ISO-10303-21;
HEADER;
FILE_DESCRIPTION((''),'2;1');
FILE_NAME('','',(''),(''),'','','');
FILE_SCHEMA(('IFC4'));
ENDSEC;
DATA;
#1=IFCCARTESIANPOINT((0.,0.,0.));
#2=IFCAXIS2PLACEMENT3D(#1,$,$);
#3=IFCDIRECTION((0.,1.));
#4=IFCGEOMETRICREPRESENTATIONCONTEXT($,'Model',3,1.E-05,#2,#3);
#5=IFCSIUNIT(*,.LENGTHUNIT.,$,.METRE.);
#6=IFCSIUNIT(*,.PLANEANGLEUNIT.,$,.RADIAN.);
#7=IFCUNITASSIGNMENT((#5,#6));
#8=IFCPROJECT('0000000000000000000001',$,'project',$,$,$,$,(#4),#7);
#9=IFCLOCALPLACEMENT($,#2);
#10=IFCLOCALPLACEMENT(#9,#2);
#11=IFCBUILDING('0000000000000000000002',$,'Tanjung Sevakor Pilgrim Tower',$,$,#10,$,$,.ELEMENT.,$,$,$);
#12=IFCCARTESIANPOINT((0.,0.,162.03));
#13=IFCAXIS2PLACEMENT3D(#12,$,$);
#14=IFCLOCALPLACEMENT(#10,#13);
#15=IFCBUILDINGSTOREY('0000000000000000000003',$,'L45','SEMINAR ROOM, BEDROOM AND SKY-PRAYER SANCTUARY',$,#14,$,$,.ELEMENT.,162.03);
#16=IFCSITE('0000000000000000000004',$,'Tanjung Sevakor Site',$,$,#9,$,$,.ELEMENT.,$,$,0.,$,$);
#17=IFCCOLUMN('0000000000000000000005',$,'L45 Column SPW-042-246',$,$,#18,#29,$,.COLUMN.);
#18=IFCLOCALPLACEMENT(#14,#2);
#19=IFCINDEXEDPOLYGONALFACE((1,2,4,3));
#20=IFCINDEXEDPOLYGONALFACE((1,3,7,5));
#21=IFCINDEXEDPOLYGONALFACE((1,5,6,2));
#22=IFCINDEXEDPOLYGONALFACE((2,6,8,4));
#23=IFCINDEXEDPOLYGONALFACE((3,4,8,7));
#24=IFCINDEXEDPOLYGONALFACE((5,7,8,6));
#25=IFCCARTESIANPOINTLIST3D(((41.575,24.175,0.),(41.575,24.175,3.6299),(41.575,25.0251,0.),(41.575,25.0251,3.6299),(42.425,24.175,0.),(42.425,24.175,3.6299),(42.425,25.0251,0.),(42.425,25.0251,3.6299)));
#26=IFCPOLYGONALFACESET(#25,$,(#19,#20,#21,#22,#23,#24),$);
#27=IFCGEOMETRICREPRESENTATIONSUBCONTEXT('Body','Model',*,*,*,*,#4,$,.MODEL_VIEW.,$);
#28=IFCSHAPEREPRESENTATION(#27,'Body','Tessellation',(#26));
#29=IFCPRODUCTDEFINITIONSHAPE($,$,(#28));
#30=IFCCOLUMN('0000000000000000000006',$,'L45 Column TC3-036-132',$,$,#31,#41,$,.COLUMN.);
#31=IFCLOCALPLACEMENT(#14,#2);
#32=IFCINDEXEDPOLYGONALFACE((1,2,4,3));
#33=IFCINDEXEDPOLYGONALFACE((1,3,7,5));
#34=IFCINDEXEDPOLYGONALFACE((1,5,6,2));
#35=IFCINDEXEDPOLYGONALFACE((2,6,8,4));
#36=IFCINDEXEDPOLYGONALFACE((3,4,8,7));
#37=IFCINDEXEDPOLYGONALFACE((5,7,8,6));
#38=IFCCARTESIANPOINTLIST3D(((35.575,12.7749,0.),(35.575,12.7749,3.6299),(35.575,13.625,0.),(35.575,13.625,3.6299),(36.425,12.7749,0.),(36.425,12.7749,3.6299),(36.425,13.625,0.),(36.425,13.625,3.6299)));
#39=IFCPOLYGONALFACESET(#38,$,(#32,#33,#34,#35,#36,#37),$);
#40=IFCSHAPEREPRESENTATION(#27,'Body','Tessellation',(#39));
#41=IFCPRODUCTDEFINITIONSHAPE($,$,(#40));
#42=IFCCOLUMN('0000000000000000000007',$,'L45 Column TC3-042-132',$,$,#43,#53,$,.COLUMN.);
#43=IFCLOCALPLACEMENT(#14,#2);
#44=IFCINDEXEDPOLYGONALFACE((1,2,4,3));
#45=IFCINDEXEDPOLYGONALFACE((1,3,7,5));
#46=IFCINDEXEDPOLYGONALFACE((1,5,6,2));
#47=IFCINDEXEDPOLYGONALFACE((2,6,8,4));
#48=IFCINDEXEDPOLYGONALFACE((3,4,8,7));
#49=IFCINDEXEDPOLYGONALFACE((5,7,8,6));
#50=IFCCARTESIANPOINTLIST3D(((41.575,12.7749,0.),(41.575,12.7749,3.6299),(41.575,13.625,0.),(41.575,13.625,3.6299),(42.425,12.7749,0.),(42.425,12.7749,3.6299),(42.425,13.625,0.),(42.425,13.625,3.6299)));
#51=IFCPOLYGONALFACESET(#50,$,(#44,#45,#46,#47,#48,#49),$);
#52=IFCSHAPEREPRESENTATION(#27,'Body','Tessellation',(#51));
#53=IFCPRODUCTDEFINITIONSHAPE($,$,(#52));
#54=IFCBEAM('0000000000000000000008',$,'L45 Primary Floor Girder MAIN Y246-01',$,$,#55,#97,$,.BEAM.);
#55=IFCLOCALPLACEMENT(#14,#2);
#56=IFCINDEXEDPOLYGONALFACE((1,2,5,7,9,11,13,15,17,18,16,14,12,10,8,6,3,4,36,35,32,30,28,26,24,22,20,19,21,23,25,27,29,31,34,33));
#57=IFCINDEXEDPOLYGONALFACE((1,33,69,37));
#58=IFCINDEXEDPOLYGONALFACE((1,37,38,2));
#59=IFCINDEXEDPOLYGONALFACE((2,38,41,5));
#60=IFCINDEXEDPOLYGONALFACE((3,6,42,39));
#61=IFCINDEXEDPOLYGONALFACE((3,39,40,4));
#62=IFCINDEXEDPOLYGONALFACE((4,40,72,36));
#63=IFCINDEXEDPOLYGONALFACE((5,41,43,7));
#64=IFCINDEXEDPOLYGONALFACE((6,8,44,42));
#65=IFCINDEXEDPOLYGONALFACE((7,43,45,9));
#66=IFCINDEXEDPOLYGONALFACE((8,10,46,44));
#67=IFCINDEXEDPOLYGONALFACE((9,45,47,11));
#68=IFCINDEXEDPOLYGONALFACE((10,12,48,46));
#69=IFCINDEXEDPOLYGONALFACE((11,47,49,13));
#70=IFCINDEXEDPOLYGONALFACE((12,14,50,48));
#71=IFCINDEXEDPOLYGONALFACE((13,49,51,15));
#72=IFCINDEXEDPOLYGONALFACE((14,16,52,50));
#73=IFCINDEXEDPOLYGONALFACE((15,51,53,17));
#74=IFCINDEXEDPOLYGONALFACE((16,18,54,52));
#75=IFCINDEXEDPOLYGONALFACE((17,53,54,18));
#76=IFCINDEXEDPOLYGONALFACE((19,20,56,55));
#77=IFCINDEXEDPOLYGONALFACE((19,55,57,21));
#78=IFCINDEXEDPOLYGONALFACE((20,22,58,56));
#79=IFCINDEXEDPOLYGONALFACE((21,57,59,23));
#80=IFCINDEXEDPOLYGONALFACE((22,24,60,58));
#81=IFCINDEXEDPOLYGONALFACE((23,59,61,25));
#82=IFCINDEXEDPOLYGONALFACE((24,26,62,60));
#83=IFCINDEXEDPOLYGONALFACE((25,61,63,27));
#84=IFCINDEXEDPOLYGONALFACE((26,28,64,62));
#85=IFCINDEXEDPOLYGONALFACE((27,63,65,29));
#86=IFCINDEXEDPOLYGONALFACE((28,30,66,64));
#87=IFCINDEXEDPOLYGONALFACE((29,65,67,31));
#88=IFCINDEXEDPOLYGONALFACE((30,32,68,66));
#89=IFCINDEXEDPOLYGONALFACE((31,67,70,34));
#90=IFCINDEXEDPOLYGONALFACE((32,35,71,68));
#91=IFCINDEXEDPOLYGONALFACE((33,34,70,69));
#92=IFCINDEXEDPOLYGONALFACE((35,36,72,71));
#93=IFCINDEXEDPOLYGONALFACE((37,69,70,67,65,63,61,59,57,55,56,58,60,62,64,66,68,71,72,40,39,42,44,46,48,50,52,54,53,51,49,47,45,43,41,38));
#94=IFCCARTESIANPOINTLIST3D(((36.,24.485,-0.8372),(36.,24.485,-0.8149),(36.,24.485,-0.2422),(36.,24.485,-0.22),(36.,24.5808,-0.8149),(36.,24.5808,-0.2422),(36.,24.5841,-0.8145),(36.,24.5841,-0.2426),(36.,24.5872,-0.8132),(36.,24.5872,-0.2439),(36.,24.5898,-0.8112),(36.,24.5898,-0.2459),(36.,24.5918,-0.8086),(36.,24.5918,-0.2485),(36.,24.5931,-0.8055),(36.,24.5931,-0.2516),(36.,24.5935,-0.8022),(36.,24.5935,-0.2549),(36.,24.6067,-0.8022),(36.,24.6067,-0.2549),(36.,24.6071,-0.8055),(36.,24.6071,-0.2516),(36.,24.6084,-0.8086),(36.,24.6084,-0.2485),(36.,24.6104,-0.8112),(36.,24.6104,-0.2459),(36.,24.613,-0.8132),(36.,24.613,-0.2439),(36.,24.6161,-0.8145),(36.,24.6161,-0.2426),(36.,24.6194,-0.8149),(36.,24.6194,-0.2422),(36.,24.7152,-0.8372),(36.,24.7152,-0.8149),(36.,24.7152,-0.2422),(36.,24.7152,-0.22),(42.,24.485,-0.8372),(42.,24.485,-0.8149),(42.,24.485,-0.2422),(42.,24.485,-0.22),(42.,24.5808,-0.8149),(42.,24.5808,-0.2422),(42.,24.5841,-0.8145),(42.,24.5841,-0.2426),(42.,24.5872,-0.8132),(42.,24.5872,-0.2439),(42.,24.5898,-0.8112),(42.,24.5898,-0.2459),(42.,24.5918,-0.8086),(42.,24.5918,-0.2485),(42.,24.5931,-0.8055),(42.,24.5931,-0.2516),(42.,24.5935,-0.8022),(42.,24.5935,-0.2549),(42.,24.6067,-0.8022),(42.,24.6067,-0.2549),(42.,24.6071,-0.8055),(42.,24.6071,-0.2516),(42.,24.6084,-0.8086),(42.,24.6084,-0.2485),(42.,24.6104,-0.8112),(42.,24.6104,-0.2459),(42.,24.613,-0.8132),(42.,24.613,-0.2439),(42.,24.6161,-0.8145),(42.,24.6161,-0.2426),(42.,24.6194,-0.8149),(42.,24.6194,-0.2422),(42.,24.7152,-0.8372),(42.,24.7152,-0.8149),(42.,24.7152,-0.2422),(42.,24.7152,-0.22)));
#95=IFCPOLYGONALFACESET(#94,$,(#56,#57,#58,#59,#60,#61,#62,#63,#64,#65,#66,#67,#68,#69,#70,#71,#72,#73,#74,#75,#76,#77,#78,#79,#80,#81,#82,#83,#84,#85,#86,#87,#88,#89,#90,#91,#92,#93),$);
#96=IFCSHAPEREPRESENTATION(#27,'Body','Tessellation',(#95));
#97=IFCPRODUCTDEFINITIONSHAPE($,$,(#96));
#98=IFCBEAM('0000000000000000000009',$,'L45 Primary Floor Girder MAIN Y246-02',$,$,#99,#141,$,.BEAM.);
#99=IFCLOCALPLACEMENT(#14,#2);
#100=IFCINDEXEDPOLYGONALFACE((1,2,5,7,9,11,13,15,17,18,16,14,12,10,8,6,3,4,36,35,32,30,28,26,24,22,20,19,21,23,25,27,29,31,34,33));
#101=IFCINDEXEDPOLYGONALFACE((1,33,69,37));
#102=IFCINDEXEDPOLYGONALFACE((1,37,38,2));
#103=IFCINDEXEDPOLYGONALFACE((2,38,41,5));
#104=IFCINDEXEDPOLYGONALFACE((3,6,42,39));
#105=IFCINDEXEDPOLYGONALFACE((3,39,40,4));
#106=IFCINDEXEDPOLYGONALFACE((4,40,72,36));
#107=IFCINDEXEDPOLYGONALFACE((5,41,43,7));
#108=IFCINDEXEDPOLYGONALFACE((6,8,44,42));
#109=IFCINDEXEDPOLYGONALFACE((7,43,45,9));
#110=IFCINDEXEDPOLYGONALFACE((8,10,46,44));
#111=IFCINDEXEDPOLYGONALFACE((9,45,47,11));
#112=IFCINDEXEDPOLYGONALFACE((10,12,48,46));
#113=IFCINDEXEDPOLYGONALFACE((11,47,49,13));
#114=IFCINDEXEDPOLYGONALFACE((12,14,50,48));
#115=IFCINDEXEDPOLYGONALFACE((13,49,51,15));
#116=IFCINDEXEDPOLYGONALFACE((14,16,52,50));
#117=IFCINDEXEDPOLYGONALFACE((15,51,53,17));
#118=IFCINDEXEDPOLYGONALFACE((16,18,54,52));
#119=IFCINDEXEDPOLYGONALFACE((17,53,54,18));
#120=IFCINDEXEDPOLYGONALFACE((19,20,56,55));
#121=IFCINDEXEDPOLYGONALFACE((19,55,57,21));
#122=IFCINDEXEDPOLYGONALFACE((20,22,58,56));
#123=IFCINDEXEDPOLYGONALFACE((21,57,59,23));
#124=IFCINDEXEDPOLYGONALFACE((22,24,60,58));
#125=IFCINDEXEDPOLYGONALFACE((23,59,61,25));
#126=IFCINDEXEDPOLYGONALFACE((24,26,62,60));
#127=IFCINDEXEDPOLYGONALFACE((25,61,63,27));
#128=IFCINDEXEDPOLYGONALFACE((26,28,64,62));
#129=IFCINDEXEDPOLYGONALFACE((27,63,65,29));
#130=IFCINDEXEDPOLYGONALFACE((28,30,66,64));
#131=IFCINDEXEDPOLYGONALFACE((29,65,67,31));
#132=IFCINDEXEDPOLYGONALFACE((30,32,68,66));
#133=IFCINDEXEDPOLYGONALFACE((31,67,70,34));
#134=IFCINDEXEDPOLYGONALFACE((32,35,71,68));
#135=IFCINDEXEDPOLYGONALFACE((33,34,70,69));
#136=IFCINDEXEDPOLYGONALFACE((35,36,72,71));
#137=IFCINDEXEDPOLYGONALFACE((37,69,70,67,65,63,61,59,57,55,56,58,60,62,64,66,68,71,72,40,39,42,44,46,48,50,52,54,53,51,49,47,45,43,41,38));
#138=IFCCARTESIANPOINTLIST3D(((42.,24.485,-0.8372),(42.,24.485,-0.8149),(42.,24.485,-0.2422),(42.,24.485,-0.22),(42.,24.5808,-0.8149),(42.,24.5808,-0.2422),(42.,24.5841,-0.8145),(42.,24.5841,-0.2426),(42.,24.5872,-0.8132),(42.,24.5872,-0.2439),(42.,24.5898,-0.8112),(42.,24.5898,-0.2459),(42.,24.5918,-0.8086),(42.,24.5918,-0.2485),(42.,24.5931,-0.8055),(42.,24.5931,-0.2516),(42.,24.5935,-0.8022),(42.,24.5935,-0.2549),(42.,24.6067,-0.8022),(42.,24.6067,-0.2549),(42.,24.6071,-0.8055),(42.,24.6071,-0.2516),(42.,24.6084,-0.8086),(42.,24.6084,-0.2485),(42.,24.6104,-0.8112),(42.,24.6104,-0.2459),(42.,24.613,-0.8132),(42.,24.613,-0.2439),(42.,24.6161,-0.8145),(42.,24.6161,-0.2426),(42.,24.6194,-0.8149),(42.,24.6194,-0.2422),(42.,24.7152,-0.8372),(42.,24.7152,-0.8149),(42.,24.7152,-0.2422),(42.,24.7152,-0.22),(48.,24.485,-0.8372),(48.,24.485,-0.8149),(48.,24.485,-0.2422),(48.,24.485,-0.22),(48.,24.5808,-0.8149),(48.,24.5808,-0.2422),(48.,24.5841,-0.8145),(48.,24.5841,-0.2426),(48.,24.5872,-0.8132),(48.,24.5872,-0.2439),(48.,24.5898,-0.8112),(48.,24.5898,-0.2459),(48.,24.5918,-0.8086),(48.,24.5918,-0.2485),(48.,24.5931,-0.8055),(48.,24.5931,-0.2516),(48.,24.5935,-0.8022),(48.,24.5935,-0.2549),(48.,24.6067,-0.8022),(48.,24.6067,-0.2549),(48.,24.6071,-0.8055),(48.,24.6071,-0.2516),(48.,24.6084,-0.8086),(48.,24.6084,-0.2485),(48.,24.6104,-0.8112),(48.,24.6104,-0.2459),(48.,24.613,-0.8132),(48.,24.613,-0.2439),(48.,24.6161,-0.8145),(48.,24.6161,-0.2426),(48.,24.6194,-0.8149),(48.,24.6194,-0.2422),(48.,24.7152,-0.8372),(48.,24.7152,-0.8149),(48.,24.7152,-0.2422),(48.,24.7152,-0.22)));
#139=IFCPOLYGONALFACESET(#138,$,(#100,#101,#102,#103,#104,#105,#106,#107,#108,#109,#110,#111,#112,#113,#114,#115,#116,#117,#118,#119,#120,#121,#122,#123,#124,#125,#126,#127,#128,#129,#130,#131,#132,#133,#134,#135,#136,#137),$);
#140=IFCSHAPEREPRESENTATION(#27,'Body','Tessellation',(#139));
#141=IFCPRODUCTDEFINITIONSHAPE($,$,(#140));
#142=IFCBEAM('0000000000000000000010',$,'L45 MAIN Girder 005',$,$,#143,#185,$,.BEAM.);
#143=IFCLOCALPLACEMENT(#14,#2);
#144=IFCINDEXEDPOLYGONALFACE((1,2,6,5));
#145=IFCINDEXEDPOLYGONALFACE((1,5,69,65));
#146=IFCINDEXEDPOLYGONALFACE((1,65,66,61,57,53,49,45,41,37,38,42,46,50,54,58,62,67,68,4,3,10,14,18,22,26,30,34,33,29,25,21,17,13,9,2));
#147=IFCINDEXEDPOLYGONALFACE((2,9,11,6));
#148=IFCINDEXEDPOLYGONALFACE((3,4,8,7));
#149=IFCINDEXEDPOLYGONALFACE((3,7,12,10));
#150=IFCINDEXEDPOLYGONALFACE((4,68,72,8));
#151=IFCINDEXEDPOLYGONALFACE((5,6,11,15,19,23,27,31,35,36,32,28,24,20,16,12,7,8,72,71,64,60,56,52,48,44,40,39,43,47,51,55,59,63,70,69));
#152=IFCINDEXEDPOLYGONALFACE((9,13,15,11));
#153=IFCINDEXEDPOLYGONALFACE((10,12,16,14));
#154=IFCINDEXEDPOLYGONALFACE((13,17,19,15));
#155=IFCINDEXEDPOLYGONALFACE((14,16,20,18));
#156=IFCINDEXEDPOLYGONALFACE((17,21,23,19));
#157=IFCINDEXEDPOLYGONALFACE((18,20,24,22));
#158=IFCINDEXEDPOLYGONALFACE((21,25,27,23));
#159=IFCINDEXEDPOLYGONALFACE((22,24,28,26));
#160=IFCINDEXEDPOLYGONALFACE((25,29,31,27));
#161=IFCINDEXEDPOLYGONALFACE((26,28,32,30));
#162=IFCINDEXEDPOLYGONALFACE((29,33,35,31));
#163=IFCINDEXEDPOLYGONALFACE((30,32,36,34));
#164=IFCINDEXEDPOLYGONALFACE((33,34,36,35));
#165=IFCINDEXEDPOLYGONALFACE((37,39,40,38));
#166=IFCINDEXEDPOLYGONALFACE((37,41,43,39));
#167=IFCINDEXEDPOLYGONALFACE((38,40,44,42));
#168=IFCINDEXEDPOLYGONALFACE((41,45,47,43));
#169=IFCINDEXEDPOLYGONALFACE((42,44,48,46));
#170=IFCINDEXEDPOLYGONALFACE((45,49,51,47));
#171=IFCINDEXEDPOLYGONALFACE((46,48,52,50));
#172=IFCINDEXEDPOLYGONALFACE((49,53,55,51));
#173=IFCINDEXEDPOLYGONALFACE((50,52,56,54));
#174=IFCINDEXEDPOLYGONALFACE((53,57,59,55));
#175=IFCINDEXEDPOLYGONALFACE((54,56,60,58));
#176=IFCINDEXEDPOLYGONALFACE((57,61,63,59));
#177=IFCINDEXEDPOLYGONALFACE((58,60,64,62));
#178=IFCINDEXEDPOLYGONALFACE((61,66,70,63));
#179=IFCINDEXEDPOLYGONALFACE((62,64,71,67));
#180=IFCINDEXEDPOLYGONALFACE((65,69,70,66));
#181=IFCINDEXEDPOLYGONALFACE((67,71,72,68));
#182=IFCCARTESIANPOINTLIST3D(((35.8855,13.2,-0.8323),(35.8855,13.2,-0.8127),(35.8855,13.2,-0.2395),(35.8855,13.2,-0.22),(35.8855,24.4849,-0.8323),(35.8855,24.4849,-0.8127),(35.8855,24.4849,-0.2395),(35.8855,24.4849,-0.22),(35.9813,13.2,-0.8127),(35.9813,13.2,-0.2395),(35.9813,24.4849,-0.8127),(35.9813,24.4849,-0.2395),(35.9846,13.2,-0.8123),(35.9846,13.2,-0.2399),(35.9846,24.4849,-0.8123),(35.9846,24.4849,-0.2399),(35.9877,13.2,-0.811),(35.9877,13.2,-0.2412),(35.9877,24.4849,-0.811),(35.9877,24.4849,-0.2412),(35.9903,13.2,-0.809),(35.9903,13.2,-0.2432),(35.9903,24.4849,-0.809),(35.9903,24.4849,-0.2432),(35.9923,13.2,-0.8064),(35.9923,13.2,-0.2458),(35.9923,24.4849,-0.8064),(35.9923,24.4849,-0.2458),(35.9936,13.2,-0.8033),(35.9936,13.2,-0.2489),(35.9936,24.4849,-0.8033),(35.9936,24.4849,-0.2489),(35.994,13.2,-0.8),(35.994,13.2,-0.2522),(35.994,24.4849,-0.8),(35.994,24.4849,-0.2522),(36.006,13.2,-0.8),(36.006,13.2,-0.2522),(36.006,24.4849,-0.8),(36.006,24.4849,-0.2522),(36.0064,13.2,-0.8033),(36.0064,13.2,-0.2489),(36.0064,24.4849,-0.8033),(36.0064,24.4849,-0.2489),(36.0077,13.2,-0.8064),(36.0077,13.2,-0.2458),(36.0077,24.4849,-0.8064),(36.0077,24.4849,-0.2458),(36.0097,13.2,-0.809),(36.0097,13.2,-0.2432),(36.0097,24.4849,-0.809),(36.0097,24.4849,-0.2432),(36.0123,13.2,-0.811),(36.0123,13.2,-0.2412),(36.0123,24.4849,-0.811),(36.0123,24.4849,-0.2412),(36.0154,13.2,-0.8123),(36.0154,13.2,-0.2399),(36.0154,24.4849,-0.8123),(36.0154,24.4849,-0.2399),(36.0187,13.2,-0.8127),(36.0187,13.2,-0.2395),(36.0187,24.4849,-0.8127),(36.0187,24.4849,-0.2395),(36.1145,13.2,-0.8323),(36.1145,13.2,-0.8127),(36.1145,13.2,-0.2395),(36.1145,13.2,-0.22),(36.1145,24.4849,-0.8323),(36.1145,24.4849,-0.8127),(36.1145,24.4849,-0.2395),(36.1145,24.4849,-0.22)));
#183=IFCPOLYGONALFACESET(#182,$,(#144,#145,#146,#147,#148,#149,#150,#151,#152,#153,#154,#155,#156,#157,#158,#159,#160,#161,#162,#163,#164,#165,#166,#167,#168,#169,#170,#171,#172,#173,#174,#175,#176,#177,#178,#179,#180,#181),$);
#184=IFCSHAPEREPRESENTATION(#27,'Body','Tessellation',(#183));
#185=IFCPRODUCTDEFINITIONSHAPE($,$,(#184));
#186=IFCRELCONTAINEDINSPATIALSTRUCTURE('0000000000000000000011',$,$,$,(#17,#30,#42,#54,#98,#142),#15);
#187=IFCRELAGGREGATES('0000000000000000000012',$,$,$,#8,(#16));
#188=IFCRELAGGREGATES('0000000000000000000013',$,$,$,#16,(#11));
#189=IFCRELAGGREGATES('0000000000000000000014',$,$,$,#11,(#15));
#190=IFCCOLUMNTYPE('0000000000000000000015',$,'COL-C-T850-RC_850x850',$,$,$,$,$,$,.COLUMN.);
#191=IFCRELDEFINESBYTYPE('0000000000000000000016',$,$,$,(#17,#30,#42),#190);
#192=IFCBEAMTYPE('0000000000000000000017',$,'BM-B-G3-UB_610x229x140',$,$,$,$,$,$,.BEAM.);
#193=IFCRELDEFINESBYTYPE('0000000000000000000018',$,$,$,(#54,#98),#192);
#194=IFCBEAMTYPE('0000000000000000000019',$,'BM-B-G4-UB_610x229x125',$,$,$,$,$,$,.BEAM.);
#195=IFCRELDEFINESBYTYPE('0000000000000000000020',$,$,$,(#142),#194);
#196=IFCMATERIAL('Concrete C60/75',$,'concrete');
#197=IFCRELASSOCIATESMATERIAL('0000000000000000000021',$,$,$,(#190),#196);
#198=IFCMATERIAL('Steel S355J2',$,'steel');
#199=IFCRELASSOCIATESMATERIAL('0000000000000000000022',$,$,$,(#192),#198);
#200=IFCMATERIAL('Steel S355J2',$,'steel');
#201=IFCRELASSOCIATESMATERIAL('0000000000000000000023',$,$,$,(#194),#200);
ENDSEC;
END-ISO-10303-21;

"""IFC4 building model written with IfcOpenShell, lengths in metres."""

from ifc_helpers import new_model, si_unit, direction, frame, origin, origin_2d, place, context, subcontext, project, spatial, rectangle, i_section, extrude, material, material_profile, profile_set, type_object, element, save


model = new_model("IFC4")

# Units and contexts
model_context = context("Model", 3, precision=1e-05, world=origin(), true_north=direction((0.0, 1.0)))
body_context = subcontext(model_context, "Body", "Model", "MODEL_VIEW")
ifc_project = project(units=[si_unit("LENGTHUNIT", "METRE"), si_unit("PLANEANGLEUNIT", "RADIAN")], contexts=[model_context])

# Site, building, storey
site_placement = place(None, origin())
site = spatial("IfcSite", under=ifc_project, at=site_placement, Name="Tanjung Sevakor Site", CompositionType="ELEMENT", RefElevation=0.0)
building_placement = place(site_placement, origin())
building = spatial("IfcBuilding", under=site, at=building_placement, Name="Tanjung Sevakor Pilgrim Tower", CompositionType="ELEMENT")
storey_placement = place(building_placement, frame((0.0, 0.0, 162.03)))
storey = spatial("IfcBuildingStorey", under=building, at=storey_placement, Name="L45", Description="SEMINAR ROOM, BEDROOM AND SKY-PRAYER SANCTUARY", CompositionType="ELEMENT", Elevation=162.03)

# Columns
ifc_material_1 = material(Name="Concrete C60/75", Category="concrete")
ifc_material_profile_1 = material_profile(ifc_material_1, rectangle(XDim=0.8501, YDim=0.8501, at=origin_2d()))
ifc_profile_set_1 = profile_set([ifc_material_profile_1], Name="Concrete C60/75")
column_type = type_object("IfcColumnType", Name="COL-C-T850-RC_850x850", PredefinedType="COLUMN", material=ifc_profile_set_1)
for number, where, z_axis, x_axis, name in (
    (1, (42.0, 24.6001, 0.0), (0.0, 0.0, 1.0), (1.0, 0.0, 0.0), "L45 Column SPW-042-246"),
    (2, (36.0, 13.2, 0.0), (0.0, 0.0, 1.0), (1.0, 0.0, 0.0), "L45 Column TC3-036-132"),
    (3, (42.0, 13.2, 0.0), (0.0, 0.0, 1.0), (1.0, 0.0, 0.0), "L45 Column TC3-042-132"),
):
    element("IfcColumn", number, at=place(storey_placement, frame(where, z_axis=z_axis, x_axis=x_axis)), inside=storey, type_object=column_type, Name=name, PredefinedType="COLUMN", context=body_context, shape_type="SweptSolid", body=[
        extrude(rectangle(XDim=0.8501, YDim=0.8501, at=origin_2d()), origin(), (0.0, 0.0, 1.0), 3.6299),
    ])

# Beams
ifc_material_2 = material(Name="Steel S355J2", Category="steel")
ifc_material_profile_2 = material_profile(ifc_material_2, i_section(OverallWidth=0.2302, OverallDepth=0.6172, WebThickness=0.0132, FlangeThickness=0.0222, FilletRadius=0.0127, at=origin_2d()))
ifc_profile_set_2 = profile_set([ifc_material_profile_2], Name="Steel S355J2")
beam_type_1 = type_object("IfcBeamType", Name="BM-B-G3-UB_610x229x140", PredefinedType="BEAM", material=ifc_profile_set_2)
for number, where, z_axis, x_axis, name in (
    (4, (36.0, 24.6001, -0.5286), (1.0, 0.0, 0.0), (0.0, 1.0, 0.0), "L45 Primary Floor Girder MAIN Y246-01"),
    (5, (42.0, 24.6001, -0.5286), (1.0, 0.0, 0.0), (0.0, 1.0, 0.0), "L45 Primary Floor Girder MAIN Y246-02"),
):
    element("IfcBeam", number, at=place(storey_placement, frame(where, z_axis=z_axis, x_axis=x_axis)), inside=storey, type_object=beam_type_1, Name=name, PredefinedType="BEAM", context=body_context, shape_type="SweptSolid", body=[
        extrude(i_section(OverallWidth=0.2302, OverallDepth=0.6172, WebThickness=0.0132, FlangeThickness=0.0222, FilletRadius=0.0127, at=origin_2d()), origin(), (0.0, 0.0, 1.0), 6.0),
    ])
ifc_material_3 = material(Name="Steel S355J2", Category="steel")
ifc_material_profile_3 = material_profile(ifc_material_3, i_section(OverallWidth=0.229, OverallDepth=0.6123, WebThickness=0.012, FlangeThickness=0.0195, FilletRadius=0.0127, at=origin_2d()))
ifc_profile_set_3 = profile_set([ifc_material_profile_3], Name="Steel S355J2")
beam_type_2 = type_object("IfcBeamType", Name="BM-B-G4-UB_610x229x125", PredefinedType="BEAM", material=ifc_profile_set_3)
beam_1_placement = place(storey_placement, frame((36.0, 13.2, -0.5261), z_axis=(0.0, 1.0, 0.0), x_axis=(-1.0, 0.0, 0.0)))
element("IfcBeam", 6, at=beam_1_placement, inside=storey, type_object=beam_type_2, Name="L45 MAIN Girder 005", PredefinedType="BEAM", context=body_context, shape_type="SweptSolid", body=[
    extrude(i_section(OverallWidth=0.229, OverallDepth=0.6123, WebThickness=0.012, FlangeThickness=0.0195, FilletRadius=0.0127, at=origin_2d()), origin(), (0.0, 0.0, 1.0), 11.2849),
])

save(model, "model.ifc")
